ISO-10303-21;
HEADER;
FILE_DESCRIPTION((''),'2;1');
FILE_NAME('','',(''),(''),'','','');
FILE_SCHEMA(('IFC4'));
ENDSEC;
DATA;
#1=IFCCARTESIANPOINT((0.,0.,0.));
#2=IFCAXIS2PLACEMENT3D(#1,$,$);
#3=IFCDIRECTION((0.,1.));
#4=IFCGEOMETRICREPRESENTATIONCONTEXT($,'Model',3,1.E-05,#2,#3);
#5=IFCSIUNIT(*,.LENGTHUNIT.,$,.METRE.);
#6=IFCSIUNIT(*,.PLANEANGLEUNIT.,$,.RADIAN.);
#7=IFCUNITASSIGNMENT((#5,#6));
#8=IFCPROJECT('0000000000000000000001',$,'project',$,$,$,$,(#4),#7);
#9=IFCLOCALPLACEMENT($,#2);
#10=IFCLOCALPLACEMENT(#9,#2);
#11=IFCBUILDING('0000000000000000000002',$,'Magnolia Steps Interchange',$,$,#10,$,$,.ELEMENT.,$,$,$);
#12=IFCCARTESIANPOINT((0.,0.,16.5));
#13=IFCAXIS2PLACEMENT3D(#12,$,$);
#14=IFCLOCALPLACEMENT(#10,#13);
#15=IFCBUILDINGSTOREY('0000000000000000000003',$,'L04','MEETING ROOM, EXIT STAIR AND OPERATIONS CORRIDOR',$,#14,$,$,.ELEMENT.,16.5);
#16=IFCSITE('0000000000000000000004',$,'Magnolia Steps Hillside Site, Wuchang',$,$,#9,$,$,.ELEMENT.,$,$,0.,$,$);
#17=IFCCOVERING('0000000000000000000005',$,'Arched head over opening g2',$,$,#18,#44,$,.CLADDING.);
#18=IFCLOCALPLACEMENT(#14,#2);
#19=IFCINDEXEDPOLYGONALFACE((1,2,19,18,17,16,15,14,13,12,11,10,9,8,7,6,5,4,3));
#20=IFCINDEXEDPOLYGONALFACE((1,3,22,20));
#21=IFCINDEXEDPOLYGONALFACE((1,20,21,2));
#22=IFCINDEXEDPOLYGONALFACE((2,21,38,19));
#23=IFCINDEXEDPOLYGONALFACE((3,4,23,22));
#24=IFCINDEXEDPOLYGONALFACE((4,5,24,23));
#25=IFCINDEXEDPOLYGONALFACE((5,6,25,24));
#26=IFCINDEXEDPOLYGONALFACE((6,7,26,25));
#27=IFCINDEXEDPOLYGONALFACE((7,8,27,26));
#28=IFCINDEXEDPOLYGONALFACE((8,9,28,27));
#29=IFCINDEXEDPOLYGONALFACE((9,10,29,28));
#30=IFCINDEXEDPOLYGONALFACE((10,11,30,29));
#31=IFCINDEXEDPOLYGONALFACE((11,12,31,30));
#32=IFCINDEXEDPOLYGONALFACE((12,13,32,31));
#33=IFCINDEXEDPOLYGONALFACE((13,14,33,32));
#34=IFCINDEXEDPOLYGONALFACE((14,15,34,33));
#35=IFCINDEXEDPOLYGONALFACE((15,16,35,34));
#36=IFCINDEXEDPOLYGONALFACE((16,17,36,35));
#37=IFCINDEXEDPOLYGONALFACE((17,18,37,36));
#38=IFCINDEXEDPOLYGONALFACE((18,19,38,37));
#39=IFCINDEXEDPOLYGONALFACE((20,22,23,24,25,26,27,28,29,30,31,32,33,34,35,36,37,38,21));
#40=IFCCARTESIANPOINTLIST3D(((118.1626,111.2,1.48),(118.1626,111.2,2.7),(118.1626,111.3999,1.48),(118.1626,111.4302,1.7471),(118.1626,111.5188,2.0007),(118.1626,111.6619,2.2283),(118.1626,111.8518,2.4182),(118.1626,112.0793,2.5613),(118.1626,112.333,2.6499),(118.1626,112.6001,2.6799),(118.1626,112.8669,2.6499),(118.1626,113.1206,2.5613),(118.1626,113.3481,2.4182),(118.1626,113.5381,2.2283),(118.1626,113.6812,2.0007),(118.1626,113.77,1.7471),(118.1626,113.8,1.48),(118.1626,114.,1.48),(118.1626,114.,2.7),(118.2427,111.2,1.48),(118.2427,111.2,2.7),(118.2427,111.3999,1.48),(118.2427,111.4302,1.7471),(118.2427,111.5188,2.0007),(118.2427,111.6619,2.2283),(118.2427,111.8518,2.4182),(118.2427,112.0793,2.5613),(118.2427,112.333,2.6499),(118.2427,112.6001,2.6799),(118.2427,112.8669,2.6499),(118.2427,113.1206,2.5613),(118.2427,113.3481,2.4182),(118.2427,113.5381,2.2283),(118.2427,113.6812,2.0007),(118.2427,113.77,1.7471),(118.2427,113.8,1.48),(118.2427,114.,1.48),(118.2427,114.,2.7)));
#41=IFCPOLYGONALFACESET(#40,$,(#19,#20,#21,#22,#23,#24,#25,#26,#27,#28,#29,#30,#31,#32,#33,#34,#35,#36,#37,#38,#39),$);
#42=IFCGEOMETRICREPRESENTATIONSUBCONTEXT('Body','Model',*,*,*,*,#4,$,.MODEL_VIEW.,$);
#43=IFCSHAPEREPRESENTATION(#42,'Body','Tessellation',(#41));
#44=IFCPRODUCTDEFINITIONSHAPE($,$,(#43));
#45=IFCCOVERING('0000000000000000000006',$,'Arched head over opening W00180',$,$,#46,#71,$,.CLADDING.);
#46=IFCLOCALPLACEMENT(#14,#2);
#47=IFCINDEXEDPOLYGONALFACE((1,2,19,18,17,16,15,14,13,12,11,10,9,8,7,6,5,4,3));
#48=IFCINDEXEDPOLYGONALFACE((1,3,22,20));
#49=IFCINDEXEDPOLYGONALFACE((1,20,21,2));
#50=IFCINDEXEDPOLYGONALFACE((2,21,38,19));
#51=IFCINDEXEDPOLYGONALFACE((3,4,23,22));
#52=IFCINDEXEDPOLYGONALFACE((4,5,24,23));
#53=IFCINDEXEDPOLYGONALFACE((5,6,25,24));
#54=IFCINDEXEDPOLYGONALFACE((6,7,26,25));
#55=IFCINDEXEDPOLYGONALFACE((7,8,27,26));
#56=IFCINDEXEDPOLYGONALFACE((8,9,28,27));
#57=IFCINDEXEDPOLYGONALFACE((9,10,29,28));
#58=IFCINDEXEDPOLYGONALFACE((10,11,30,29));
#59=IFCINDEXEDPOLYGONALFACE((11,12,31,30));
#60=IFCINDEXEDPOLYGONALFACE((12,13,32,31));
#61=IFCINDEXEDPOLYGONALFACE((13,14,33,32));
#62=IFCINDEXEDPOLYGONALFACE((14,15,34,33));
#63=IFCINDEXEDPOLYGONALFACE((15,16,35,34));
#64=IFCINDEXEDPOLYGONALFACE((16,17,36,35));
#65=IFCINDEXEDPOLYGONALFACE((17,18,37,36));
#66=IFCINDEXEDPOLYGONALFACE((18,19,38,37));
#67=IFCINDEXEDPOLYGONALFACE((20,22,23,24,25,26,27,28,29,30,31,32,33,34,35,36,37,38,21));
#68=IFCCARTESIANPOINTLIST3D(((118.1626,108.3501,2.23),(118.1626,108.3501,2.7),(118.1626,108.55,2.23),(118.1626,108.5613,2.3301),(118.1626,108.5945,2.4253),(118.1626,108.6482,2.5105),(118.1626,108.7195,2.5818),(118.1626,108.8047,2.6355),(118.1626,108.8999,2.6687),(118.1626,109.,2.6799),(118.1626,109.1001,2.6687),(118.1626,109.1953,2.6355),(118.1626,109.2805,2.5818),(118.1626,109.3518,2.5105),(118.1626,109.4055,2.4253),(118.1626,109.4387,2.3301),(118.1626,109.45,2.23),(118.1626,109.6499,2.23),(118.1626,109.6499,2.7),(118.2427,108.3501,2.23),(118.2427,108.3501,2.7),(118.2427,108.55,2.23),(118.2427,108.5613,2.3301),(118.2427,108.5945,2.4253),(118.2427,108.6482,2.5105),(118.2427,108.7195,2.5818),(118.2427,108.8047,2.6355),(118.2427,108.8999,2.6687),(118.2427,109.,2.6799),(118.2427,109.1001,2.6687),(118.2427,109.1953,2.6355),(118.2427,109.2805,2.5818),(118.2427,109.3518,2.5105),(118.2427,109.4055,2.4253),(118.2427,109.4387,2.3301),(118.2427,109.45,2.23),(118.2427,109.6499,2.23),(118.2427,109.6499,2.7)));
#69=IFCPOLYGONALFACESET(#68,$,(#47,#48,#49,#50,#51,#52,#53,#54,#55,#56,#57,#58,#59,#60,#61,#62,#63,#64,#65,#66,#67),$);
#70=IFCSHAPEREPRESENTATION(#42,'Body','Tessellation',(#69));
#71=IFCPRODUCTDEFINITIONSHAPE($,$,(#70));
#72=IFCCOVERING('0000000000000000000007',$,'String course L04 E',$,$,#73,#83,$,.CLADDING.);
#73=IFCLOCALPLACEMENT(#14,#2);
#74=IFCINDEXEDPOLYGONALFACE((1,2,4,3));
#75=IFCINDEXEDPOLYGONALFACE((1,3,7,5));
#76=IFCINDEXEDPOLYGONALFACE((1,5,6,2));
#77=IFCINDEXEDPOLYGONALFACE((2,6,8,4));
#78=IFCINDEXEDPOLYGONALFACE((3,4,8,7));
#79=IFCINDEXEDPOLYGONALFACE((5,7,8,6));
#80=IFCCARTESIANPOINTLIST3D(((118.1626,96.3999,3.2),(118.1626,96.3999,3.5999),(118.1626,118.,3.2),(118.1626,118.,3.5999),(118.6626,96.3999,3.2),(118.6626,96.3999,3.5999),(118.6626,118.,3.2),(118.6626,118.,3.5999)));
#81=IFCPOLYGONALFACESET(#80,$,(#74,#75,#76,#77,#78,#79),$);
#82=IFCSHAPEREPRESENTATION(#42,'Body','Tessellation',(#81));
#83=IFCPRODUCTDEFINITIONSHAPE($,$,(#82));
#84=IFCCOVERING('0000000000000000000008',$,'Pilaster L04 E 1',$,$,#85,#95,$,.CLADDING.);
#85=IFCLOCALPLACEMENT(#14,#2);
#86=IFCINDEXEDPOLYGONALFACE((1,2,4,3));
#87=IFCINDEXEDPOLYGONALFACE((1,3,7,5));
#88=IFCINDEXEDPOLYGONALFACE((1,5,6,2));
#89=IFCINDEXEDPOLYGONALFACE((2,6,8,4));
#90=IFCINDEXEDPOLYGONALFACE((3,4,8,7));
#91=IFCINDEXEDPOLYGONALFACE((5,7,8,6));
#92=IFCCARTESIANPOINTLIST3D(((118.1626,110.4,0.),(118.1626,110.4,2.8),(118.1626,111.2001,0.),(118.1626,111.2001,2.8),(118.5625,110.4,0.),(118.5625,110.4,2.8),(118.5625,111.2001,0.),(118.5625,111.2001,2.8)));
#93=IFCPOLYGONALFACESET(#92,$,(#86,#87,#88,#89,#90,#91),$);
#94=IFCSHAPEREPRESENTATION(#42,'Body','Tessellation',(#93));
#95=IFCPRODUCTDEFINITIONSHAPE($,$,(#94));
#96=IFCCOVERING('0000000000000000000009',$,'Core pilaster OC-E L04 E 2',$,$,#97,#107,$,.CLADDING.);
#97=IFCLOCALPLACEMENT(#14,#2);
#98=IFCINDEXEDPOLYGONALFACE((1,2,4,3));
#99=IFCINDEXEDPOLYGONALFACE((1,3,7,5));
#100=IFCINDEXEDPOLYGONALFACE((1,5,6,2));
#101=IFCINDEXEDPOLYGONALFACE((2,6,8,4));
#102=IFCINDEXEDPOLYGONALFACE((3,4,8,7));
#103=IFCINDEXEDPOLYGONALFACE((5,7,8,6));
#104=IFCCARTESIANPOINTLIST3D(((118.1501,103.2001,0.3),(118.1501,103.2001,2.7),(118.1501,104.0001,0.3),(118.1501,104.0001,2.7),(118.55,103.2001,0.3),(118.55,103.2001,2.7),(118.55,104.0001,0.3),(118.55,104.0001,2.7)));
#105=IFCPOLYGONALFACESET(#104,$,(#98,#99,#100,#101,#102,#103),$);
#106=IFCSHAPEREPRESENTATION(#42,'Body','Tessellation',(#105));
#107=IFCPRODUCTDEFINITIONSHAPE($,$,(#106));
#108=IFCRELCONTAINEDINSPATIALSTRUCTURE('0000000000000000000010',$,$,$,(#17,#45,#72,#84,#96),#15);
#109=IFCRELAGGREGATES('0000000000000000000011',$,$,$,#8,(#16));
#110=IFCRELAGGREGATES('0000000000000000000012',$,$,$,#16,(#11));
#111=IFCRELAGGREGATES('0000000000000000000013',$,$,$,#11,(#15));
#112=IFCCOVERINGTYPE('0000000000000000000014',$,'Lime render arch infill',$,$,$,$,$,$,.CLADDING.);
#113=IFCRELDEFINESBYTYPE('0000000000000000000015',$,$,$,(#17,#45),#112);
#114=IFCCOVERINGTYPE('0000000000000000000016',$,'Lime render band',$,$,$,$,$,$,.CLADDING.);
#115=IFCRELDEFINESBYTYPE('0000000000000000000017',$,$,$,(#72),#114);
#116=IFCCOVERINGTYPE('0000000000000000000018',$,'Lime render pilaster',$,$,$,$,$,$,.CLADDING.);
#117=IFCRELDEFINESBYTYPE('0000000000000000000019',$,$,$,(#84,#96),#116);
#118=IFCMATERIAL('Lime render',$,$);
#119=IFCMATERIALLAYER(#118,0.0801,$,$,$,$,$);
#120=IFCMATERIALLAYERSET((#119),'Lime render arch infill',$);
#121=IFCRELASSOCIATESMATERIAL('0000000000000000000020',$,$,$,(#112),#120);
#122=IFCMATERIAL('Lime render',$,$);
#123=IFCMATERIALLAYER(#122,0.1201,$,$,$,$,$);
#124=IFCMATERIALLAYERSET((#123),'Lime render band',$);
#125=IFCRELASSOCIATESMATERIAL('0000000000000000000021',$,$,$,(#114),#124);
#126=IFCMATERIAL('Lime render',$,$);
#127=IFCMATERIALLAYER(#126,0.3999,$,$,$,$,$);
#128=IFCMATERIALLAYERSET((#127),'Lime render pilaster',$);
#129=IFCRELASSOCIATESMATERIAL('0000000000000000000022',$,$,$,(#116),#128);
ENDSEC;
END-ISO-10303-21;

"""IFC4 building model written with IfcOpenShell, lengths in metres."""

from ifc_helpers import new_model, si_unit, direction, frame, origin, origin_2d, place, context, subcontext, project, spatial, polyline, rectangle, outline, extrude, material, layer, layer_set, type_object, element, save


model = new_model("IFC4")

# Units and contexts
model_context = context("Model", 3, precision=1e-05, world=origin(), true_north=direction((0.0, 1.0)))
body_context = subcontext(model_context, "Body", "Model", "MODEL_VIEW")
ifc_project = project(units=[si_unit("LENGTHUNIT", "METRE"), si_unit("PLANEANGLEUNIT", "RADIAN")], contexts=[model_context])

# Site, building, storey
site_placement = place(None, origin())
site = spatial("IfcSite", under=ifc_project, at=site_placement, Name="Magnolia Steps Hillside Site, Wuchang", CompositionType="ELEMENT", RefElevation=0.0)
building_placement = place(site_placement, origin())
building = spatial("IfcBuilding", under=site, at=building_placement, Name="Magnolia Steps Interchange", CompositionType="ELEMENT")
storey_placement = place(building_placement, frame((0.0, 0.0, 16.5)))
storey = spatial("IfcBuildingStorey", under=building, at=storey_placement, Name="L04", Description="MEETING ROOM, EXIT STAIR AND OPERATIONS CORRIDOR", CompositionType="ELEMENT", Elevation=16.5)

# Coverings
ifc_material_1 = material(Name="Lime render")
ifc_layer_1 = layer(ifc_material_1, 0.0801)
ifc_layer_set_1 = layer_set([ifc_layer_1], Name="Lime render arch infill")
covering_type_1 = type_object("IfcCoveringType", Name="Lime render arch infill", PredefinedType="CLADDING", material=ifc_layer_set_1)
covering_1_placement = place(storey_placement, frame((118.1626, 111.2, 1.48), z_axis=(-1.0, 0.0, 0.0), x_axis=(0.0, 0.0, 1.0)))
element("IfcCovering", 1, at=covering_1_placement, inside=storey, type_object=covering_type_1, Name="Arched head over opening g2", PredefinedType="CLADDING", context=body_context, shape_type="SweptSolid", body=[
    extrude(outline(polyline([(0.0, 0.0), (1.22, 0.0), (1.22, 2.8), (0.0, 2.8), (0.0, 2.6001), (0.2671, 2.5701), (0.5208, 2.4812), (0.7483, 2.3381), (0.9382, 2.1482), (1.0813, 1.9207), (1.1699, 1.667), (1.2, 1.4001), (1.1699, 1.1331), (1.0813, 0.8794), (0.9382, 0.6519), (0.7483, 0.4619), (0.5208, 0.3188), (0.2671, 0.2302), (0.0, 0.2), (0.0, 0.0)])), origin(), (0.0, 0.0, -1.0), 0.0801),
])
covering_2_placement = place(storey_placement, frame((118.1626, 108.3501, 2.23), z_axis=(-1.0, 0.0, 0.0), x_axis=(0.0, 0.0, 1.0)))
element("IfcCovering", 2, at=covering_2_placement, inside=storey, type_object=covering_type_1, Name="Arched head over opening W00180", PredefinedType="CLADDING", context=body_context, shape_type="SweptSolid", body=[
    extrude(outline(polyline([(0.0, 0.0), (0.47, 0.0), (0.47, 1.2998), (0.0, 1.2998), (0.0, 1.0999), (0.1001, 1.0886), (0.1953, 1.0554), (0.2805, 1.0017), (0.3518, 0.9304), (0.4055, 0.8452), (0.4387, 0.75), (0.45, 0.6499), (0.4387, 0.5498), (0.4055, 0.4546), (0.3518, 0.3694), (0.2805, 0.2981), (0.1953, 0.2444), (0.1001, 0.2112), (0.0, 0.2), (0.0, 0.0)])), origin(), (0.0, 0.0, -1.0), 0.0801),
])
ifc_material_2 = material(Name="Lime render")
ifc_layer_2 = layer(ifc_material_2, 0.1201)
ifc_layer_set_2 = layer_set([ifc_layer_2], Name="Lime render band")
covering_type_2 = type_object("IfcCoveringType", Name="Lime render band", PredefinedType="CLADDING", material=ifc_layer_set_2)
covering_3_placement = place(storey_placement, frame((118.4126, 107.2, 3.2), z_axis=(0.0, 0.0, 1.0), x_axis=(1.0, 0.0, 0.0)))
element("IfcCovering", 3, at=covering_3_placement, inside=storey, type_object=covering_type_2, Name="String course L04 E", PredefinedType="CLADDING", context=body_context, shape_type="SweptSolid", body=[
    extrude(rectangle(XDim=0.5, YDim=21.6001, at=origin_2d()), origin(), (0.0, 0.0, 1.0), 0.3999),
])
ifc_material_3 = material(Name="Lime render")
ifc_layer_3 = layer(ifc_material_3, 0.3999)
ifc_layer_set_3 = layer_set([ifc_layer_3], Name="Lime render pilaster")
covering_type_3 = type_object("IfcCoveringType", Name="Lime render pilaster", PredefinedType="CLADDING", material=ifc_layer_set_3)
covering_4_placement = place(storey_placement, frame((118.3625, 110.8, 0.0), z_axis=(0.0, 0.0, 1.0), x_axis=(1.0, 0.0, 0.0)))
element("IfcCovering", 4, at=covering_4_placement, inside=storey, type_object=covering_type_3, Name="Pilaster L04 E 1", PredefinedType="CLADDING", context=body_context, shape_type="SweptSolid", body=[
    extrude(rectangle(XDim=0.3999, YDim=0.8, at=origin_2d()), origin(), (0.0, 0.0, 1.0), 2.8),
])
covering_5_placement = place(storey_placement, frame((118.3501, 103.6001, 0.3), z_axis=(0.0, 0.0, 1.0), x_axis=(1.0, 0.0, 0.0)))
element("IfcCovering", 5, at=covering_5_placement, inside=storey, type_object=covering_type_3, Name="Core pilaster OC-E L04 E 2", PredefinedType="CLADDING", context=body_context, shape_type="SweptSolid", body=[
    extrude(rectangle(XDim=0.3999, YDim=0.8, at=origin_2d()), origin(), (0.0, 0.0, 1.0), 2.3999),
])

save(model, "model.ifc")
